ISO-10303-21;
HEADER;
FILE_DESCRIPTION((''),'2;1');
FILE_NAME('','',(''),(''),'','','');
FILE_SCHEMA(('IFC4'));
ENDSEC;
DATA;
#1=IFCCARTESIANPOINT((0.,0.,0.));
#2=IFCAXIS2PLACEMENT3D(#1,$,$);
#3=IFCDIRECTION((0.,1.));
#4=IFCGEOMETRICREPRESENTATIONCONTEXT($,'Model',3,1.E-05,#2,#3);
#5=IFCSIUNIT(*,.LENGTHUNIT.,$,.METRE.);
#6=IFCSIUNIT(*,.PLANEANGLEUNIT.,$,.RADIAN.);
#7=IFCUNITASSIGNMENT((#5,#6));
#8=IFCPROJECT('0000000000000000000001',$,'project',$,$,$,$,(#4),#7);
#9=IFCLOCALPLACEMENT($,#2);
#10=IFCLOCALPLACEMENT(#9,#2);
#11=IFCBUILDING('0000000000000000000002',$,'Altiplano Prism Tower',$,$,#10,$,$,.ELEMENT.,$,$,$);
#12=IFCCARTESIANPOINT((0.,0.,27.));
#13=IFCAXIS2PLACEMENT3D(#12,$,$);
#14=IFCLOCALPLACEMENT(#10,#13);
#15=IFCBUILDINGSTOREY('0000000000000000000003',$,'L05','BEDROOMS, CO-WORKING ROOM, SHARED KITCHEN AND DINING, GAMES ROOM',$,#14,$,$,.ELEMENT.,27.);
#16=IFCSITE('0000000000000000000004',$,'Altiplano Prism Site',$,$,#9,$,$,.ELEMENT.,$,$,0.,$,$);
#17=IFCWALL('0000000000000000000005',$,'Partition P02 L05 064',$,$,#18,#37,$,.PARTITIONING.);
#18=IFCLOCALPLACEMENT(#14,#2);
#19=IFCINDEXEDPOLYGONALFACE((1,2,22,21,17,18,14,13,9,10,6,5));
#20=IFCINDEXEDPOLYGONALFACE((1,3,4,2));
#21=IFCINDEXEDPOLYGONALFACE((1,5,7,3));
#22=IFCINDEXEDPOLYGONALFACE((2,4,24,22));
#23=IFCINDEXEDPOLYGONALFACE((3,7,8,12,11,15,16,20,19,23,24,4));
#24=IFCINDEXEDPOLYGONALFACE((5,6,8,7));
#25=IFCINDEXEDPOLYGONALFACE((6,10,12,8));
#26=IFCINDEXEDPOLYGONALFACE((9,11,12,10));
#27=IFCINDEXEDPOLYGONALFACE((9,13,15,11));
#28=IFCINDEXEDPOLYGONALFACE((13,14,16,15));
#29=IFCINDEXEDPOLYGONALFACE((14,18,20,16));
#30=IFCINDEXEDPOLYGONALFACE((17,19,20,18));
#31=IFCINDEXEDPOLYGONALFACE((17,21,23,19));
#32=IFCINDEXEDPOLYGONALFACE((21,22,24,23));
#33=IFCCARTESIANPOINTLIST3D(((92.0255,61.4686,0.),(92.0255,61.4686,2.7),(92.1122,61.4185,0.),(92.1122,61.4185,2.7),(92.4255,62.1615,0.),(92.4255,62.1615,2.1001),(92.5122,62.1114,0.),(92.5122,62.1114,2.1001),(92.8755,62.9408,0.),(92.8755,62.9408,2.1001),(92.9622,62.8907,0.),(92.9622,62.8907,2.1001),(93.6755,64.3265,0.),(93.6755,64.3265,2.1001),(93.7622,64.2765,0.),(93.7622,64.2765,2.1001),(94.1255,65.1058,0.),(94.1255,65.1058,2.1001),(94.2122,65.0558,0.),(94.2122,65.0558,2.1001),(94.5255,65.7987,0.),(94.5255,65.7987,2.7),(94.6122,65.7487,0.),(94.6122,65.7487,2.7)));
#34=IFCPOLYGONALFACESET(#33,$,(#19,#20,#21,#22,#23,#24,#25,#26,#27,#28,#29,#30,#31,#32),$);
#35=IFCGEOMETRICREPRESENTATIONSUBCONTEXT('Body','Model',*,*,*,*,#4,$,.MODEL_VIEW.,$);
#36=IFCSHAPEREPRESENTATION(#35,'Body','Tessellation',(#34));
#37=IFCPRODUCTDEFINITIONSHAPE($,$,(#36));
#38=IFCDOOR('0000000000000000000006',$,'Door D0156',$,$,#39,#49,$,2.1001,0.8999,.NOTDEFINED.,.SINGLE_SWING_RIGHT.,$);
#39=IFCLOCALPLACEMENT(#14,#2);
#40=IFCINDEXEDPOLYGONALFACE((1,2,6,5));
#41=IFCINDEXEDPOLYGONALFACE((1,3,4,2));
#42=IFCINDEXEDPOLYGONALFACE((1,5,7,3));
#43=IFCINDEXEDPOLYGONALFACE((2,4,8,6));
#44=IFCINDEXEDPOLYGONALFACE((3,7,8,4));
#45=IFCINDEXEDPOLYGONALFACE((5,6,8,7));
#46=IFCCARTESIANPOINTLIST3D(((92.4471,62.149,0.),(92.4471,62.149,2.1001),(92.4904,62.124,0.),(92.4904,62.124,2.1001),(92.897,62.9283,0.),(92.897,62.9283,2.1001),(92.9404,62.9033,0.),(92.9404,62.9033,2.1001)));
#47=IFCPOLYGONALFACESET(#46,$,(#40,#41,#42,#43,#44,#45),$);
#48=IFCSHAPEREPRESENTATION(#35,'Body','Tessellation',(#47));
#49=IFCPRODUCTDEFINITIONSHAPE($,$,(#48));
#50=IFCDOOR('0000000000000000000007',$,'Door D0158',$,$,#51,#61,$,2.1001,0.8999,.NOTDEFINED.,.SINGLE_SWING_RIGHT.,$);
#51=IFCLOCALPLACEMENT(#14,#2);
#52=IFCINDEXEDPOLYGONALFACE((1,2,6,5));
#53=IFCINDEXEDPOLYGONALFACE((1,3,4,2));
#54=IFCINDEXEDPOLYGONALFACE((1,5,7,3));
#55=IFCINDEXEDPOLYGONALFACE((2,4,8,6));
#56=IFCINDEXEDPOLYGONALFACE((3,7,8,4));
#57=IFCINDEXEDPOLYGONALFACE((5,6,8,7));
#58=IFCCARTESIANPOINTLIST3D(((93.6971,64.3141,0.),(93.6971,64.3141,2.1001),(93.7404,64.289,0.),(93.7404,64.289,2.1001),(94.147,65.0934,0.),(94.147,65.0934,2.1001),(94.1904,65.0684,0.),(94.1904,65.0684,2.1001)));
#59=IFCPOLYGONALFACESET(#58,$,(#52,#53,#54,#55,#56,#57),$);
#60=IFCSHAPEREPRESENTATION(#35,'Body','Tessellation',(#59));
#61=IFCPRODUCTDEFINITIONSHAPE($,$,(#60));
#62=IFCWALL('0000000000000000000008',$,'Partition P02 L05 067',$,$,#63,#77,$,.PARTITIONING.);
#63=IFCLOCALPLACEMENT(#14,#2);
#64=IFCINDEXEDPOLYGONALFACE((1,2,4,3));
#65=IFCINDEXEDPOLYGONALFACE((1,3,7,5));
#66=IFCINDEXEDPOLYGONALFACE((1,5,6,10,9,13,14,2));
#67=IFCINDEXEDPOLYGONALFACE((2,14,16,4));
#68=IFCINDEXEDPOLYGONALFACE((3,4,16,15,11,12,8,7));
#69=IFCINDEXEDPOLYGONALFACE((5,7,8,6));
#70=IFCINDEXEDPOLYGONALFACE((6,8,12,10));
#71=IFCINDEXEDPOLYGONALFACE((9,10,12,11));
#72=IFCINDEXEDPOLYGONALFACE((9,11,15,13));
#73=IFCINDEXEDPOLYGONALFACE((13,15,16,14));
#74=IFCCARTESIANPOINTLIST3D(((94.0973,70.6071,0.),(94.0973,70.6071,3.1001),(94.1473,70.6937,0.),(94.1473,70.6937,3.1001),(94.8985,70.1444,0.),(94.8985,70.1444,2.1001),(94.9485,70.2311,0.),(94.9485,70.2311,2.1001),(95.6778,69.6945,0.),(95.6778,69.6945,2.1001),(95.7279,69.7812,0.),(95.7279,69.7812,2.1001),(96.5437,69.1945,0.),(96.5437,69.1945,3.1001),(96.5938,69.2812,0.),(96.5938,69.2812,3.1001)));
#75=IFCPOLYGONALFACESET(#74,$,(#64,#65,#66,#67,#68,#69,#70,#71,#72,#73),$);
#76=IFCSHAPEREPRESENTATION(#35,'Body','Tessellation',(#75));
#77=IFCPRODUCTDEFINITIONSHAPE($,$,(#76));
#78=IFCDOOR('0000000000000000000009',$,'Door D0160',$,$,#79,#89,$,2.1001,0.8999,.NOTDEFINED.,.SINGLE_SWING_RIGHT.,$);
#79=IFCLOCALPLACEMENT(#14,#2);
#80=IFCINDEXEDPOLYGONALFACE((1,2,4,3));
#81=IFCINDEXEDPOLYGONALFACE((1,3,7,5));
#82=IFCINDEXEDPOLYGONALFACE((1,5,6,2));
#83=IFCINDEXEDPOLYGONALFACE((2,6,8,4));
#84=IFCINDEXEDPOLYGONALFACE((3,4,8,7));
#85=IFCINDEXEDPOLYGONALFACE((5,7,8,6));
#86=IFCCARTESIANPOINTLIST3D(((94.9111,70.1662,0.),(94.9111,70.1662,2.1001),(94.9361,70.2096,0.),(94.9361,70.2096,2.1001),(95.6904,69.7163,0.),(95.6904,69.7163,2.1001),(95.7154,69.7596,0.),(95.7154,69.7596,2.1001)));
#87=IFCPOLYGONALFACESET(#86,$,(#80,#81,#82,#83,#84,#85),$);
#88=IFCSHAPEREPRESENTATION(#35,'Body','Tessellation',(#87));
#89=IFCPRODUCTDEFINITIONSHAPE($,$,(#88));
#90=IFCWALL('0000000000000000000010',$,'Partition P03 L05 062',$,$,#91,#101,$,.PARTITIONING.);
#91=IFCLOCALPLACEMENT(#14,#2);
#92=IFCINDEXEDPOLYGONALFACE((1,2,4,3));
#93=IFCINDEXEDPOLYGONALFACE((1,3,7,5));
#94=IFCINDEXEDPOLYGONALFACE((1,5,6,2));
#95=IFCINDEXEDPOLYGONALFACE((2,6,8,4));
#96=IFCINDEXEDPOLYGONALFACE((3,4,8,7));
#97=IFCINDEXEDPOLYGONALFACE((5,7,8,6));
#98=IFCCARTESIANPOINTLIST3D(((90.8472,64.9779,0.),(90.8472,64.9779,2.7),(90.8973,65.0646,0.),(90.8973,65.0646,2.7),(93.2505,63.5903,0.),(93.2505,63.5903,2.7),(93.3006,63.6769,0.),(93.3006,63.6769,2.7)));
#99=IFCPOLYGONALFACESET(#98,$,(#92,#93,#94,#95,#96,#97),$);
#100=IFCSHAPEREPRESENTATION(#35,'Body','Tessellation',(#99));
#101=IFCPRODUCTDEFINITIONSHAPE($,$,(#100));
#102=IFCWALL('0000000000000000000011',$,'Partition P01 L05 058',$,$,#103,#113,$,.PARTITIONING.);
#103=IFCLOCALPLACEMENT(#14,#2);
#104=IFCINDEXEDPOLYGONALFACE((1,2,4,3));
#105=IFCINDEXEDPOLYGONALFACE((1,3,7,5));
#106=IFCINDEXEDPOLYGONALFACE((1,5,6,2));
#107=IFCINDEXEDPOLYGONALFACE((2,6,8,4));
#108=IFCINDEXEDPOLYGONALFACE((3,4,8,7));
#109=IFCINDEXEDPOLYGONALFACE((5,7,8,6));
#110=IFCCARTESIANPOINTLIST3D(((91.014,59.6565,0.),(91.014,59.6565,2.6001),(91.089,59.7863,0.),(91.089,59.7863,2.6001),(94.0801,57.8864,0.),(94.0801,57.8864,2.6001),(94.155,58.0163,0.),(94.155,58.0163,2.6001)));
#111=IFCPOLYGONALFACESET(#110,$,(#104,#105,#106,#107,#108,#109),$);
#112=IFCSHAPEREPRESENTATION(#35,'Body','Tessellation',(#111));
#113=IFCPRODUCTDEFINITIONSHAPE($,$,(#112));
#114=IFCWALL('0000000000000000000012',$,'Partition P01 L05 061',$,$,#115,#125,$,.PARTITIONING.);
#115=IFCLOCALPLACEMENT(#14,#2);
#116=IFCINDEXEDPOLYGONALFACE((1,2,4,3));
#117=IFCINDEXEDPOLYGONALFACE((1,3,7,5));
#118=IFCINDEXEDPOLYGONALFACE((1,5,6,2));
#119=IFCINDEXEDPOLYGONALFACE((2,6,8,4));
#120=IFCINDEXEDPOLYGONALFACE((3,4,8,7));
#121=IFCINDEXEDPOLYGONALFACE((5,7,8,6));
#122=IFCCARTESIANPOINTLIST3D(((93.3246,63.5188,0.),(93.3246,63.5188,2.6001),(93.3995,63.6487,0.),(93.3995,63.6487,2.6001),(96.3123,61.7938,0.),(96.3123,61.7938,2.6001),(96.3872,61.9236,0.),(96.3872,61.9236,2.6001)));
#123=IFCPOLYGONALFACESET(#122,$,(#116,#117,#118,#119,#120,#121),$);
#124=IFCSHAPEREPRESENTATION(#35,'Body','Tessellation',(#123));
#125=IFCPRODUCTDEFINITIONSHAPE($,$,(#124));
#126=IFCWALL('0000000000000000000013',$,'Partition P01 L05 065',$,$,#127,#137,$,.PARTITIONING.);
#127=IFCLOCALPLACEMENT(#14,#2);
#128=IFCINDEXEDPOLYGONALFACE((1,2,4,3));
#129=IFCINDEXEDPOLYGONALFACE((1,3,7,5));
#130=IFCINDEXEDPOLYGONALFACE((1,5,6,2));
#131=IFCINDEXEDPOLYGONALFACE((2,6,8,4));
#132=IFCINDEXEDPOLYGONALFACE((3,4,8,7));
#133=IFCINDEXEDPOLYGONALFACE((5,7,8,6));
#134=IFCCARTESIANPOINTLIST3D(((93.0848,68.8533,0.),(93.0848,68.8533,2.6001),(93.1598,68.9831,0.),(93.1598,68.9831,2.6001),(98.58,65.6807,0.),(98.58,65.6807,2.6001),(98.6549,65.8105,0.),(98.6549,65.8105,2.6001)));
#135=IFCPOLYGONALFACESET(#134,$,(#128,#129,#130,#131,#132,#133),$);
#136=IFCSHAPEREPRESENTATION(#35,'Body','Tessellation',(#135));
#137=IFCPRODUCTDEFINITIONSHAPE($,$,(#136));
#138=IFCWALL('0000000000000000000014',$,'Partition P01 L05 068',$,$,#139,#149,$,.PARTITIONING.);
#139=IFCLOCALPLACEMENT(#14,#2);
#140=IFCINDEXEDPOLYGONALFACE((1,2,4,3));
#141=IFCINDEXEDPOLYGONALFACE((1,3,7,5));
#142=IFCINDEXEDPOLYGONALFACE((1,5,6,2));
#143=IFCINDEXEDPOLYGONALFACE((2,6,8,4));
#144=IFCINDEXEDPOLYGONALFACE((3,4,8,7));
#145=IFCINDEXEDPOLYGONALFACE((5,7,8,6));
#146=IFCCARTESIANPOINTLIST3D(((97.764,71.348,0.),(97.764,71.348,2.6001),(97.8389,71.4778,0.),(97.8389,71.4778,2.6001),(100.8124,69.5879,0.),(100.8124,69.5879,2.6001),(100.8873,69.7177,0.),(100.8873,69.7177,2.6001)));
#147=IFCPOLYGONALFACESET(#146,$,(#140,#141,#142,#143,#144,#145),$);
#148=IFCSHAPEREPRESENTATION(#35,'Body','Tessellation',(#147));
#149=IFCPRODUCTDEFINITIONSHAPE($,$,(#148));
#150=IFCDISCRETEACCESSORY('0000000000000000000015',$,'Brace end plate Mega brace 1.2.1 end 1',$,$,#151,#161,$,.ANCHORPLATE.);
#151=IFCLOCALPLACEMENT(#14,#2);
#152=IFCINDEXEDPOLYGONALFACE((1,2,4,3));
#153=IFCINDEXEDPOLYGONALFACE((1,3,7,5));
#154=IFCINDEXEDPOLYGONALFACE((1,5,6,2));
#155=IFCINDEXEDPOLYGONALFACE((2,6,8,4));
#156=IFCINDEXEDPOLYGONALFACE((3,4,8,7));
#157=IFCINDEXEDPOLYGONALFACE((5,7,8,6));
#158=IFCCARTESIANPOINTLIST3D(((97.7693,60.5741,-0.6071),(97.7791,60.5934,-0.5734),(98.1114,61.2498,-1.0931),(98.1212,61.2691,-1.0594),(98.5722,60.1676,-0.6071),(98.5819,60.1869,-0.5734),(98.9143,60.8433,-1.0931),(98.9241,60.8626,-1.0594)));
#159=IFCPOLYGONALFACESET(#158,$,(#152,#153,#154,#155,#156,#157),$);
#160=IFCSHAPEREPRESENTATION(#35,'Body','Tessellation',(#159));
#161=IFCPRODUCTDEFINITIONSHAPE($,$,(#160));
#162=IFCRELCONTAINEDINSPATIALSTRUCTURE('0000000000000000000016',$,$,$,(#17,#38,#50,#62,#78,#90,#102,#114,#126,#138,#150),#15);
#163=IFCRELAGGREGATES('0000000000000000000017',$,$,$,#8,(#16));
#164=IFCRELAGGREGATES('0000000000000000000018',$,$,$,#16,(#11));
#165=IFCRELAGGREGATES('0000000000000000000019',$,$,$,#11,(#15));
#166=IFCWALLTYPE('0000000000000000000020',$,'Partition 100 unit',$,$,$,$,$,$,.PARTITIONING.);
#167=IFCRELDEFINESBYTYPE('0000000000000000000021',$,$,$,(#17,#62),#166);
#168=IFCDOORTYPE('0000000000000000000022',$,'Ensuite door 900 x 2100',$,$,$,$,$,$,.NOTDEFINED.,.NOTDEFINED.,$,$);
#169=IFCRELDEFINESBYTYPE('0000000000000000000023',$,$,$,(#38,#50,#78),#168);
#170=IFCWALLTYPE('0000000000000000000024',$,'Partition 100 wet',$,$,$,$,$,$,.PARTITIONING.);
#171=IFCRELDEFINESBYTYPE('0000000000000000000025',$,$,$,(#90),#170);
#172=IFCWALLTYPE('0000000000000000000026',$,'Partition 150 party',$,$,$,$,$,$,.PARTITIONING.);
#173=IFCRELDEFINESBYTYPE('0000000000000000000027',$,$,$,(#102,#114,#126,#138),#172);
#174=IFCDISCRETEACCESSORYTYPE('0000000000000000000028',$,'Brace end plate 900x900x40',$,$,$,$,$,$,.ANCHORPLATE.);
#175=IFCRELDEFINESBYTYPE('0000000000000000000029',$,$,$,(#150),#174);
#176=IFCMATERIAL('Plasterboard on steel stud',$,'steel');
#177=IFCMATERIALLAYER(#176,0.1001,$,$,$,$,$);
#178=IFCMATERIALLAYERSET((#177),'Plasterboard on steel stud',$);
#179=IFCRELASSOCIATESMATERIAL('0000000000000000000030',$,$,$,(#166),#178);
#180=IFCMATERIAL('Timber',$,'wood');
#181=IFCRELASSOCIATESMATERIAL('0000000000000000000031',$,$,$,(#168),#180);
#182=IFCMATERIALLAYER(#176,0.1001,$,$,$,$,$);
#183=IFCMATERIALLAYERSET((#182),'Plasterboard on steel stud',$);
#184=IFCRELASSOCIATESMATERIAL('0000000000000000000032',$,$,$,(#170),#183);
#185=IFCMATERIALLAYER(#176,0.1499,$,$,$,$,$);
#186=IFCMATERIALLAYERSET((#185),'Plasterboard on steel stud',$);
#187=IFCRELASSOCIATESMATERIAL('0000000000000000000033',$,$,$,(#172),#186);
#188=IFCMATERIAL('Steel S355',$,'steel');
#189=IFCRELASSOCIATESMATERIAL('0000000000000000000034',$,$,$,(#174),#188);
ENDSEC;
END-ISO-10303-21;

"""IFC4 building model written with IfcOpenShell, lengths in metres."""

from ifc_helpers import new_model, si_unit, direction, frame, frame_2d, origin, origin_2d, place, context, subcontext, project, spatial, rectangle, extrude, material, layer, layer_set, material_profile, profile_set, type_object, element, fill, save


model = new_model("IFC4")

# Units and contexts
model_context = context("Model", 3, precision=1e-05, world=origin(), true_north=direction((0.0, 1.0)))
body_context = subcontext(model_context, "Body", "Model", "MODEL_VIEW")
ifc_project = project(units=[si_unit("LENGTHUNIT", "METRE"), si_unit("PLANEANGLEUNIT", "RADIAN")], contexts=[model_context])

# Site, building, storey
site_placement = place(None, origin())
site = spatial("IfcSite", under=ifc_project, at=site_placement, Name="Altiplano Prism Site", CompositionType="ELEMENT", RefElevation=0.0)
building_placement = place(site_placement, origin())
building = spatial("IfcBuilding", under=site, at=building_placement, Name="Altiplano Prism Tower", CompositionType="ELEMENT")
storey_placement = place(building_placement, frame((0.0, 0.0, 27.0)))
storey = spatial("IfcBuildingStorey", under=building, at=storey_placement, Name="L05", Description="BEDROOMS, CO-WORKING ROOM, SHARED KITCHEN AND DINING, GAMES ROOM", CompositionType="ELEMENT", Elevation=27.0)

# Shared definitions
ifc_material_1 = material(Name="Steel S355", Category="steel")

# Shared definitions
ifc_material_2 = material(Name="Plasterboard on steel stud", Category="steel")
ifc_layer_1 = layer(ifc_material_2, 0.1001)
ifc_layer_set_1 = layer_set([ifc_layer_1], Name="Plasterboard on steel stud")
wall_type_1 = type_object("IfcWallType", Name="Partition 100 unit", PredefinedType="PARTITIONING", material=ifc_layer_set_1)

# Wall, openings, doors
wall_1_placement = place(storey_placement, frame((94.5688, 65.7737, 0.0), z_axis=(0.0, 0.0, 1.0), x_axis=(-0.500004, -0.866023, 0.0)))
wall_1 = element("IfcWall", 1, at=wall_1_placement, inside=storey, type_object=wall_type_1, Name="Partition P02 L05 064", PredefinedType="PARTITIONING", context=body_context, shape_type="SweptSolid", body=[
    extrude(rectangle(XDim=5.0, YDim=0.1001, at=frame_2d((2.5, 0.0))), origin(), (0.0, 0.0, 1.0), 2.7),
])
opening_1_placement = place(wall_1_placement, frame((3.3, 0.0, 0.0)))
opening_1 = element("IfcOpeningElement", 2, at=opening_1_placement, cuts=wall_1, PredefinedType="OPENING", context=body_context, shape_type="SweptSolid", body=[
    extrude(rectangle(XDim=0.8999, YDim=2.1001, at=frame_2d((0.45, 1.05))), frame((0.0, 0.0605, 0.0), z_axis=(0.0, -1.0, 0.0), x_axis=(1.0, 0.0, 0.0)), (0.0, 0.0, 1.0), 0.1211),
])
opening_2_placement = place(wall_1_placement, frame((0.8, 0.0, 0.0)))
opening_2 = element("IfcOpeningElement", 3, at=opening_2_placement, cuts=wall_1, PredefinedType="OPENING", context=body_context, shape_type="SweptSolid", body=[
    extrude(rectangle(XDim=0.8999, YDim=2.1001, at=frame_2d((0.45, 1.05))), frame((0.0, 0.0605, 0.0), z_axis=(0.0, -1.0, 0.0), x_axis=(1.0, 0.0, 0.0)), (0.0, 0.0, 1.0), 0.1211),
])
ifc_material_3 = material(Name="Timber", Category="wood")
door_type = type_object("IfcDoorType", Name="Ensuite door 900 x 2100", OperationType="NOTDEFINED", PredefinedType="NOTDEFINED", material=ifc_material_3)
door_1_placement = place(opening_1_placement, origin())
door_1 = element("IfcDoor", 4, at=door_1_placement, inside=storey, type_object=door_type, Name="Door D0156", OperationType="SINGLE_SWING_RIGHT", OverallHeight=2.1001, OverallWidth=0.8999, PredefinedType="NOTDEFINED", context=body_context, shape_type="SweptSolid", body=[
    extrude(rectangle(XDim=0.8999, YDim=2.1001, at=frame_2d((0.45, 1.05))), frame((0.0, 0.0249, 0.0), z_axis=(0.0, -1.0, 0.0), x_axis=(1.0, 0.0, 0.0)), (0.0, 0.0, 1.0), 0.05),
])
fill(opening_1, door_1)
door_2_placement = place(opening_2_placement, origin())
door_2 = element("IfcDoor", 5, at=door_2_placement, inside=storey, type_object=door_type, Name="Door D0158", OperationType="SINGLE_SWING_RIGHT", OverallHeight=2.1001, OverallWidth=0.8999, PredefinedType="NOTDEFINED", context=body_context, shape_type="SweptSolid", body=[
    extrude(rectangle(XDim=0.8999, YDim=2.1001, at=frame_2d((0.45, 1.05))), frame((0.0, 0.0249, 0.0), z_axis=(0.0, -1.0, 0.0), x_axis=(1.0, 0.0, 0.0)), (0.0, 0.0, 1.0), 0.05),
])
fill(opening_2, door_2)

# Wall, opening, door
wall_2_placement = place(storey_placement, frame((96.5688, 69.2378, 0.0), z_axis=(0.0, 0.0, 1.0), x_axis=(-0.866011, 0.500024, 0.0)))
wall_2 = element("IfcWall", 6, at=wall_2_placement, inside=storey, type_object=wall_type_1, Name="Partition P02 L05 067", PredefinedType="PARTITIONING", context=body_context, shape_type="SweptSolid", body=[
    extrude(rectangle(XDim=2.825, YDim=0.1001, at=frame_2d((1.4126, 0.0))), origin(), (0.0, 0.0, 1.0), 3.1001),
])
opening_3_placement = place(wall_2_placement, frame((1.0, 0.0, 0.0)))
opening_3 = element("IfcOpeningElement", 7, at=opening_3_placement, cuts=wall_2, PredefinedType="OPENING", context=body_context, shape_type="SweptSolid", body=[
    extrude(rectangle(XDim=0.8999, YDim=2.1001, at=frame_2d((0.45, 1.05))), frame((0.0, 0.0605, 0.0), z_axis=(0.0, -1.0, 0.0), x_axis=(1.0, 0.0, 0.0)), (0.0, 0.0, 1.0), 0.1211),
])
door_3_placement = place(opening_3_placement, origin())
door_3 = element("IfcDoor", 8, at=door_3_placement, inside=storey, type_object=door_type, Name="Door D0160", OperationType="SINGLE_SWING_RIGHT", OverallHeight=2.1001, OverallWidth=0.8999, PredefinedType="NOTDEFINED", context=body_context, shape_type="SweptSolid", body=[
    extrude(rectangle(XDim=0.8999, YDim=2.1001, at=frame_2d((0.45, 1.05))), frame((0.0, 0.0249, 0.0), z_axis=(0.0, -1.0, 0.0), x_axis=(1.0, 0.0, 0.0)), (0.0, 0.0, 1.0), 0.05),
])
fill(opening_3, door_3)

# Walls
ifc_layer_2 = layer(ifc_material_2, 0.1001)
ifc_layer_set_2 = layer_set([ifc_layer_2], Name="Plasterboard on steel stud")
wall_type_2 = type_object("IfcWallType", Name="Partition 100 wet", PredefinedType="PARTITIONING", material=ifc_layer_set_2)
wall_3_placement = place(storey_placement, frame((93.2756, 63.6335, 0.0), z_axis=(0.0, 0.0, 1.0), x_axis=(-0.866004, 0.500037, 0.0)))
element("IfcWall", 9, at=wall_3_placement, inside=storey, type_object=wall_type_2, Name="Partition P03 L05 062", PredefinedType="PARTITIONING", context=body_context, shape_type="SweptSolid", body=[
    extrude(rectangle(XDim=2.7751, YDim=0.1001, at=frame_2d((1.3877, 0.0))), origin(), (0.0, 0.0, 1.0), 2.7),
])
ifc_layer_3 = layer(ifc_material_2, 0.1499)
ifc_layer_set_3 = layer_set([ifc_layer_3], Name="Plasterboard on steel stud")
wall_type_3 = type_object("IfcWallType", Name="Partition 150 party", PredefinedType="PARTITIONING", material=ifc_layer_set_3)
wall_4_placement = place(storey_placement, frame((94.1174, 57.9514, 0.0), z_axis=(0.0, 0.0, 1.0), x_axis=(-0.866036, 0.499981, 0.0)))
element("IfcWall", 10, at=wall_4_placement, inside=storey, type_object=wall_type_3, Name="Partition P01 L05 058", PredefinedType="PARTITIONING", context=body_context, shape_type="SweptSolid", body=[
    extrude(rectangle(XDim=3.5403, YDim=0.1499, at=frame_2d((1.77, 0.0))), origin(), (0.0, 0.0, 1.0), 2.6001),
])
wall_5_placement = place(storey_placement, frame((96.3499, 61.8586, 0.0), z_axis=(0.0, 0.0, 1.0), x_axis=(-0.866014, 0.500021, 0.0)))
element("IfcWall", 11, at=wall_5_placement, inside=storey, type_object=wall_type_3, Name="Partition P01 L05 061", PredefinedType="PARTITIONING", context=body_context, shape_type="SweptSolid", body=[
    extrude(rectangle(XDim=3.45, YDim=0.1499, at=frame_2d((1.7251, 0.0))), origin(), (0.0, 0.0, 1.0), 2.6001),
])
wall_6_placement = place(storey_placement, frame((98.6174, 65.7456, 0.0), z_axis=(0.0, 0.0, 1.0), x_axis=(-0.866025, 0.5, 0.0)))
element("IfcWall", 12, at=wall_6_placement, inside=storey, type_object=wall_type_3, Name="Partition P01 L05 065", PredefinedType="PARTITIONING", context=body_context, shape_type="SweptSolid", body=[
    extrude(rectangle(XDim=6.3452, YDim=0.1499, at=frame_2d((3.1726, 0.0))), origin(), (0.0, 0.0, 1.0), 2.6001),
])
wall_7_placement = place(storey_placement, frame((100.8499, 69.6528, 0.0), z_axis=(0.0, 0.0, 1.0), x_axis=(-0.866019, 0.500011, 0.0)))
element("IfcWall", 13, at=wall_7_placement, inside=storey, type_object=wall_type_3, Name="Partition P01 L05 068", PredefinedType="PARTITIONING", context=body_context, shape_type="SweptSolid", body=[
    extrude(rectangle(XDim=3.52, YDim=0.1499, at=frame_2d((1.76, 0.0))), origin(), (0.0, 0.0, 1.0), 2.6001),
])

# Discrete accessory
ifc_material_profile_1 = material_profile(ifc_material_1, rectangle(XDim=0.8999, YDim=0.8999, at=origin_2d()), Name="Brace end plate 900x900x40")
ifc_profile_set_1 = profile_set([ifc_material_profile_1], Name="Steel S355")
discrete_accessory_type = type_object("IfcDiscreteAccessoryType", Name="Brace end plate 900x900x40", PredefinedType="ANCHORPLATE", material=ifc_profile_set_1)
discrete_accessory_placement = place(storey_placement, frame((98.3418, 60.7087, -0.8501), z_axis=(0.243952, 0.481806, 0.841636), x_axis=(-0.892157, 0.451725, 0.0)))
element("IfcDiscreteAccessory", 14, at=discrete_accessory_placement, inside=storey, type_object=discrete_accessory_type, Name="Brace end plate Mega brace 1.2.1 end 1", PredefinedType="ANCHORPLATE", context=body_context, shape_type="SweptSolid", body=[
    extrude(rectangle(XDim=0.8999, YDim=0.8999, at=origin_2d()), origin(), (0.0, 0.0, 1.0), 0.04),
])

save(model, "model.ifc")
